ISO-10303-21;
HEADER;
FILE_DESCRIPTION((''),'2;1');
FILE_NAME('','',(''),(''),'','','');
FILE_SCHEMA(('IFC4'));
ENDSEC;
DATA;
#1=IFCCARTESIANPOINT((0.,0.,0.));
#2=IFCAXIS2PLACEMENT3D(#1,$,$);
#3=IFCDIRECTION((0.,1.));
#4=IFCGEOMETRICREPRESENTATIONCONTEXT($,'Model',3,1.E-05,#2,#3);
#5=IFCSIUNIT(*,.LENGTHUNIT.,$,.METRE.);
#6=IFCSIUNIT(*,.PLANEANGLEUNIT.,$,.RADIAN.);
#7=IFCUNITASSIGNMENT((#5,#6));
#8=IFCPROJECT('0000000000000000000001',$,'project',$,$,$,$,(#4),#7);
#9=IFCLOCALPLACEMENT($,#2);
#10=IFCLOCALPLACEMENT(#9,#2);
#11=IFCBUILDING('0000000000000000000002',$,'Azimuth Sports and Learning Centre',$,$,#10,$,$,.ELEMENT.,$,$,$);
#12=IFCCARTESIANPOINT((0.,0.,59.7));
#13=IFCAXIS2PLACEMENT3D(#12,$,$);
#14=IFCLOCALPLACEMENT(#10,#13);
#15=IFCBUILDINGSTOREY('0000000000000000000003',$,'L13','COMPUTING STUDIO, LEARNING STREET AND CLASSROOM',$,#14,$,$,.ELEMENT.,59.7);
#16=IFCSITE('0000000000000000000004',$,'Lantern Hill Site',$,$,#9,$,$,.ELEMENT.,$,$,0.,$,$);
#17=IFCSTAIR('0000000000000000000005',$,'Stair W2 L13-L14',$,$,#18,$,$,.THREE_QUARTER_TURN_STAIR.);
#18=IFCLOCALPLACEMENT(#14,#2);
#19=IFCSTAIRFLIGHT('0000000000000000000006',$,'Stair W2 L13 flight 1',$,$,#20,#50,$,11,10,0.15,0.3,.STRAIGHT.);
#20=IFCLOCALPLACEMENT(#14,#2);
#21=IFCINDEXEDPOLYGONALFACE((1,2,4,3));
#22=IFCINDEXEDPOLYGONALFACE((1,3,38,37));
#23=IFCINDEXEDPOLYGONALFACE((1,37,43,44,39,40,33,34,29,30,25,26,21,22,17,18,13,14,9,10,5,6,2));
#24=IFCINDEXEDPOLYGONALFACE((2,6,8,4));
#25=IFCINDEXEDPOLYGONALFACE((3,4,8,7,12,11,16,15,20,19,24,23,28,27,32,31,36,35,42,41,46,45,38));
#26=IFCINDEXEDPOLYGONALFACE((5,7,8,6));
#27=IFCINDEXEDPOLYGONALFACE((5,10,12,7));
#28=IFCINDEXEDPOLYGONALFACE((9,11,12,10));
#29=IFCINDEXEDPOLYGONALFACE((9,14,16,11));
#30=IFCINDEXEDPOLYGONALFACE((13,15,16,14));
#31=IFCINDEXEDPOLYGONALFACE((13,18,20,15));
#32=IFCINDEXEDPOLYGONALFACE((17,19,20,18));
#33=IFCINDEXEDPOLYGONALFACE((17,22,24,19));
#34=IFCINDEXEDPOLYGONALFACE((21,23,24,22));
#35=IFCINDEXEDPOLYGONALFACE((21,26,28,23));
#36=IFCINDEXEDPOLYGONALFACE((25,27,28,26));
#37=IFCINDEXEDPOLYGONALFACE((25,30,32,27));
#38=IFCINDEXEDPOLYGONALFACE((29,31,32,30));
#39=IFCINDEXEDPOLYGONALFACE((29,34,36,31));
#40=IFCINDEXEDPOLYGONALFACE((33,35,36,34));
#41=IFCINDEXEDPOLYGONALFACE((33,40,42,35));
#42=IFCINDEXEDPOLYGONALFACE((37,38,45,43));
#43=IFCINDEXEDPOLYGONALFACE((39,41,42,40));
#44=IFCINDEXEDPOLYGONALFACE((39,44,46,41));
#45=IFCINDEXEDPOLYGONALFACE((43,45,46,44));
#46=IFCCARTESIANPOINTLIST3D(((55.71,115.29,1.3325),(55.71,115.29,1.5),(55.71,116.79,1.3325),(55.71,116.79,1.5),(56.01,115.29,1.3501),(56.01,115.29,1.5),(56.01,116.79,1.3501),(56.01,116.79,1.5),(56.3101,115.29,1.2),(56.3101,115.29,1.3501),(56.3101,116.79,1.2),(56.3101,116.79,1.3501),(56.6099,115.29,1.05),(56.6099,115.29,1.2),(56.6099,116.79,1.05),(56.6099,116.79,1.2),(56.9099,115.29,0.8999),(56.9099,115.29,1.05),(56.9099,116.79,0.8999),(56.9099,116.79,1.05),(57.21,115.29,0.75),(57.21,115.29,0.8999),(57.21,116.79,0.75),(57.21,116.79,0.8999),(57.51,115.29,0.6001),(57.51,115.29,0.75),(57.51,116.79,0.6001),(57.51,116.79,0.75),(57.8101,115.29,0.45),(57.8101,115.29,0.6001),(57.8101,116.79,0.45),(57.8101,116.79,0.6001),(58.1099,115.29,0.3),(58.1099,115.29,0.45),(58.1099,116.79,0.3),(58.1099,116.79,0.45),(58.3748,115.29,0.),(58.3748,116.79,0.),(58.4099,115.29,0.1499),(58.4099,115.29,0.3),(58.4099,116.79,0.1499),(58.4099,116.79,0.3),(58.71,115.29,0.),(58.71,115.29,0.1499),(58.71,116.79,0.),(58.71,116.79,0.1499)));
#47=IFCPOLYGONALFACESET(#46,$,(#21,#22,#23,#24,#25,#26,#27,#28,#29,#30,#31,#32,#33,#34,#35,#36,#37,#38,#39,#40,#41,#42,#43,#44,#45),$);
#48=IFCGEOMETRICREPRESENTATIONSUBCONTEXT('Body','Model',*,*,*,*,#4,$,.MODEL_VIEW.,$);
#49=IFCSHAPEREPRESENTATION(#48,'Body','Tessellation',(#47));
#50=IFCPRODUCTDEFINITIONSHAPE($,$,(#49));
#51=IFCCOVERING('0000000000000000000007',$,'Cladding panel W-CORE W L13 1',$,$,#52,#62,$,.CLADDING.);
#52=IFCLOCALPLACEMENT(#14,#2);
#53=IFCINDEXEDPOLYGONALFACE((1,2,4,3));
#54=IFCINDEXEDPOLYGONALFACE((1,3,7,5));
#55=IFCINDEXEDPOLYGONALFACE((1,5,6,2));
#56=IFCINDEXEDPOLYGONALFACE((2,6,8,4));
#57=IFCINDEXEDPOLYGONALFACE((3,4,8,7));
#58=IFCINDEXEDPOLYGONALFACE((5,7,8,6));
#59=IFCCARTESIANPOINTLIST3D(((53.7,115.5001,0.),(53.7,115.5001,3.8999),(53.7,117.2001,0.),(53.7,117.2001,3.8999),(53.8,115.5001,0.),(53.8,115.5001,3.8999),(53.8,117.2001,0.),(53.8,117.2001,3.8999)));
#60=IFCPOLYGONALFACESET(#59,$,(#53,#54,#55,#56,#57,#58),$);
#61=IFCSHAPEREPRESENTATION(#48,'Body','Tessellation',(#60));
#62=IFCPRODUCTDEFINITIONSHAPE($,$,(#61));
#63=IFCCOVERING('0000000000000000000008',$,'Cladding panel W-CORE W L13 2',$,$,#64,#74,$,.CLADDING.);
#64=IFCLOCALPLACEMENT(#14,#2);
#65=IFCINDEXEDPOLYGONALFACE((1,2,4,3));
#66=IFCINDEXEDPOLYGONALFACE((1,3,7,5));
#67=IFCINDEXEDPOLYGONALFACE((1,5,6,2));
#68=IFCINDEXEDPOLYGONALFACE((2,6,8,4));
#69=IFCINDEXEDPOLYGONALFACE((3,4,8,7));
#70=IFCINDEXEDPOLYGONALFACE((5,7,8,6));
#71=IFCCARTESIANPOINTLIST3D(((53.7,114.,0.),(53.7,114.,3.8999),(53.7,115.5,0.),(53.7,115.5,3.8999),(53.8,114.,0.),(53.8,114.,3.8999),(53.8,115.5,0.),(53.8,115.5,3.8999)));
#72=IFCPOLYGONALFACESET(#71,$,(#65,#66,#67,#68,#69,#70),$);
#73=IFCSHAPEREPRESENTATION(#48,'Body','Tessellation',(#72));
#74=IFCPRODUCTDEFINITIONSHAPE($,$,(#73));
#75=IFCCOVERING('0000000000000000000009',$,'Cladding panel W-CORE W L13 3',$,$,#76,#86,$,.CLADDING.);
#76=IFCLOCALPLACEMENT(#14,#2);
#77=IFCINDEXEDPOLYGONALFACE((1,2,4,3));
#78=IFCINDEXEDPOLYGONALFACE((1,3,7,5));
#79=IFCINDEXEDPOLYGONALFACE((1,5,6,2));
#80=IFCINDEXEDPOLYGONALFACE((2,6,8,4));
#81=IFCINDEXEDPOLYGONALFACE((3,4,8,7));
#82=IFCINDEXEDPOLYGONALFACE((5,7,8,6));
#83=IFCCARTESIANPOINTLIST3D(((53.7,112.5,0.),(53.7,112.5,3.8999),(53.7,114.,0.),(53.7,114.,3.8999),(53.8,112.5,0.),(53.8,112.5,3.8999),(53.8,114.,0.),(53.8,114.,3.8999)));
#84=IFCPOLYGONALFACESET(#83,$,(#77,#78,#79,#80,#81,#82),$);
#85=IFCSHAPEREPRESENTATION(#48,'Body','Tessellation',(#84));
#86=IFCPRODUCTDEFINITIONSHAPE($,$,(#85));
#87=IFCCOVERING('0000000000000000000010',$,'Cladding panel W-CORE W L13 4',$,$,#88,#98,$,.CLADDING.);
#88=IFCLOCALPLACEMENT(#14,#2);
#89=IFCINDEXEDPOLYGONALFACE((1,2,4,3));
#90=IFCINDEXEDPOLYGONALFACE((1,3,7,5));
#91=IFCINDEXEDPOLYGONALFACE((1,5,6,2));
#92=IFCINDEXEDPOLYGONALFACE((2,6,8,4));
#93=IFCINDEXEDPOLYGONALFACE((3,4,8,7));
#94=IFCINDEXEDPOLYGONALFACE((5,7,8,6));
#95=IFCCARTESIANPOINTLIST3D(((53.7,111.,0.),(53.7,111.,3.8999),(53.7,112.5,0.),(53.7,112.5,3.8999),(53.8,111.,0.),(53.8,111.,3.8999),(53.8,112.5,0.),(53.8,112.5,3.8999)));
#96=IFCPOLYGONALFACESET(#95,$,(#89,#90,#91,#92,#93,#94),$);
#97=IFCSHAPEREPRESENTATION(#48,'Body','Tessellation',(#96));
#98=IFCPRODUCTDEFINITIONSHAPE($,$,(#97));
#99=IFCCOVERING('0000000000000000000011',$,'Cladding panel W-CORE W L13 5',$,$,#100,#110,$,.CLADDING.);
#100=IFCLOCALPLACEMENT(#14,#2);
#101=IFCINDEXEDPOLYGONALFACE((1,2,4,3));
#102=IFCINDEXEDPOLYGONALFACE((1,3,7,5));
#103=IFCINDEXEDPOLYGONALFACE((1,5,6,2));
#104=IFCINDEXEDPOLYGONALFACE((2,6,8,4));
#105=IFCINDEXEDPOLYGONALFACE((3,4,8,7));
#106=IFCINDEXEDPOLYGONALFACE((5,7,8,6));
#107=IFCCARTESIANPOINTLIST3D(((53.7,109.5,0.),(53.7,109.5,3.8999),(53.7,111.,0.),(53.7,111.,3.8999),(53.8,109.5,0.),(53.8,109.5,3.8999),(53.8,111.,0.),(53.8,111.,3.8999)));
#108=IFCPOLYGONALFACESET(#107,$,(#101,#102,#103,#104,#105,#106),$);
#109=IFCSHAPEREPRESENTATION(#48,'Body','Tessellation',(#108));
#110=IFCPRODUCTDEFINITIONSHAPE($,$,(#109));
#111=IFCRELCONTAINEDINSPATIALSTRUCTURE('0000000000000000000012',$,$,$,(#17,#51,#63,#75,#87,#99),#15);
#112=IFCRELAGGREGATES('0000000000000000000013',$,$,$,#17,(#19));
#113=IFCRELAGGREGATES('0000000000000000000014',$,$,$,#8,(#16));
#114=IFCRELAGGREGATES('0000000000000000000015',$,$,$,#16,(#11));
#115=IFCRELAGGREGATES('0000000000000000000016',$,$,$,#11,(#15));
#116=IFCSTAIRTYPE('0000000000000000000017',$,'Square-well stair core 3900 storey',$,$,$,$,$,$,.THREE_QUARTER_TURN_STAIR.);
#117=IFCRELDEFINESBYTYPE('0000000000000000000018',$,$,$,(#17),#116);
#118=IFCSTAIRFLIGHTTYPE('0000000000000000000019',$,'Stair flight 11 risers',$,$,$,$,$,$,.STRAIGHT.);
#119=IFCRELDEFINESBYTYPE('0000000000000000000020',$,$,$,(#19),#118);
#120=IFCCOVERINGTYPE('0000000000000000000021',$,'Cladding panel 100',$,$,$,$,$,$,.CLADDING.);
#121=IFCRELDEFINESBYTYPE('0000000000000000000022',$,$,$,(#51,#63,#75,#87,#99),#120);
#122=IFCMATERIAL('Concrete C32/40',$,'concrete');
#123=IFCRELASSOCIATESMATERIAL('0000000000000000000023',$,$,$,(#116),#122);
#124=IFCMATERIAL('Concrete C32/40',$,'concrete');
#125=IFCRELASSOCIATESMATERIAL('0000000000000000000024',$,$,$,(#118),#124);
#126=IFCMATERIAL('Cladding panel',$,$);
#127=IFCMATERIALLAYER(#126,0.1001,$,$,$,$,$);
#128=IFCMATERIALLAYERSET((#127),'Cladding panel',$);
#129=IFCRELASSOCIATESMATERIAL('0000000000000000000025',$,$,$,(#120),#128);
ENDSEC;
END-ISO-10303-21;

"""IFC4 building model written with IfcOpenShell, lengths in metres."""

from ifc_helpers import new_model, si_unit, direction, frame, origin, origin_2d, place, context, subcontext, project, spatial, polyline, rectangle, outline, extrude, material, layer, layer_set, type_object, element, aggregate, save


model = new_model("IFC4")

# Units and contexts
model_context = context("Model", 3, precision=1e-05, world=origin(), true_north=direction((0.0, 1.0)))
body_context = subcontext(model_context, "Body", "Model", "MODEL_VIEW")
ifc_project = project(units=[si_unit("LENGTHUNIT", "METRE"), si_unit("PLANEANGLEUNIT", "RADIAN")], contexts=[model_context])

# Site, building, storey
site_placement = place(None, origin())
site = spatial("IfcSite", under=ifc_project, at=site_placement, Name="Lantern Hill Site", CompositionType="ELEMENT", RefElevation=0.0)
building_placement = place(site_placement, origin())
building = spatial("IfcBuilding", under=site, at=building_placement, Name="Azimuth Sports and Learning Centre", CompositionType="ELEMENT")
storey_placement = place(building_placement, frame((0.0, 0.0, 59.7)))
storey = spatial("IfcBuildingStorey", under=building, at=storey_placement, Name="L13", Description="COMPUTING STUDIO, LEARNING STREET AND CLASSROOM", CompositionType="ELEMENT", Elevation=59.7)

# Stair, stair flight
ifc_material_1 = material(Name="Concrete C32/40", Category="concrete")
stair_type = type_object("IfcStairType", Name="Square-well stair core 3900 storey", PredefinedType="THREE_QUARTER_TURN_STAIR", material=ifc_material_1)
stair_placement = place(storey_placement, origin())
stair = element("IfcStair", 1, at=stair_placement, inside=storey, type_object=stair_type, Name="Stair W2 L13-L14", PredefinedType="THREE_QUARTER_TURN_STAIR")
ifc_material_2 = material(Name="Concrete C32/40", Category="concrete")
stair_flight_type = type_object("IfcStairFlightType", Name="Stair flight 11 risers", PredefinedType="STRAIGHT", material=ifc_material_2)
stair_flight_placement = place(storey_placement, frame((58.71, 116.04, 0.0), z_axis=(0.0, 0.0, 1.0), x_axis=(-1.0, 0.0, 0.0)))
stair_flight = element("IfcStairFlight", 2, at=stair_flight_placement, type_object=stair_flight_type, Name="Stair W2 L13 flight 1", NumberOfRisers=11, NumberOfTreads=10, PredefinedType="STRAIGHT", RiserHeight=0.15, TreadLength=0.3, context=body_context, shape_type="SweptSolid", body=[
    extrude(outline(polyline([(0.0, 0.0), (0.0, 0.1499), (0.3, 0.1499), (0.3, 0.3), (0.6001, 0.3), (0.6001, 0.45), (0.8999, 0.45), (0.8999, 0.6001), (1.2, 0.6001), (1.2, 0.75), (1.5, 0.75), (1.5, 0.8999), (1.8, 0.8999), (1.8, 1.05), (2.1001, 1.05), (2.1001, 1.2), (2.3999, 1.2), (2.3999, 1.3501), (2.7, 1.3501), (2.7, 1.5), (3.0, 1.5), (3.0, 1.6499), (3.0, 1.3325), (0.3352, 0.0), (0.0, 0.0)])), frame((0.0, 0.75, 0.0), z_axis=(0.0, -1.0, 0.0), x_axis=(1.0, 0.0, 0.0)), (0.0, 0.0, 1.0), 1.5),
])
aggregate(stair, [stair_flight])

# Coverings
ifc_material_3 = material(Name="Cladding panel")
ifc_layer_1 = layer(ifc_material_3, 0.1001)
ifc_layer_set_1 = layer_set([ifc_layer_1], Name="Cladding panel")
covering_type = type_object("IfcCoveringType", Name="Cladding panel 100", PredefinedType="CLADDING", material=ifc_layer_set_1)
covering_placement = place(storey_placement, frame((53.75, 116.3501, 0.0), z_axis=(0.0, 0.0, 1.0), x_axis=(0.0, -1.0, 0.0)))
element("IfcCovering", 3, at=covering_placement, inside=storey, type_object=covering_type, Name="Cladding panel W-CORE W L13 1", PredefinedType="CLADDING", context=body_context, shape_type="SweptSolid", body=[
    extrude(rectangle(XDim=1.7, YDim=0.1001, at=origin_2d()), origin(), (0.0, 0.0, 1.0), 3.8999),
])
for number, where, z_axis, x_axis, name in (
    (4, (53.75, 114.75, 0.0), (0.0, 0.0, 1.0), (0.0, -1.0, 0.0), "Cladding panel W-CORE W L13 2"),
    (5, (53.75, 113.25, 0.0), (0.0, 0.0, 1.0), (0.0, -1.0, 0.0), "Cladding panel W-CORE W L13 3"),
    (6, (53.75, 111.75, 0.0), (0.0, 0.0, 1.0), (0.0, -1.0, 0.0), "Cladding panel W-CORE W L13 4"),
    (7, (53.75, 110.25, 0.0), (0.0, 0.0, 1.0), (0.0, -1.0, 0.0), "Cladding panel W-CORE W L13 5"),
):
    element("IfcCovering", number, at=place(storey_placement, frame(where, z_axis=z_axis, x_axis=x_axis)), inside=storey, type_object=covering_type, Name=name, PredefinedType="CLADDING", context=body_context, shape_type="SweptSolid", body=[
        extrude(rectangle(XDim=1.5, YDim=0.1001, at=origin_2d()), origin(), (0.0, 0.0, 1.0), 3.8999),
    ])

save(model, "model.ifc")
